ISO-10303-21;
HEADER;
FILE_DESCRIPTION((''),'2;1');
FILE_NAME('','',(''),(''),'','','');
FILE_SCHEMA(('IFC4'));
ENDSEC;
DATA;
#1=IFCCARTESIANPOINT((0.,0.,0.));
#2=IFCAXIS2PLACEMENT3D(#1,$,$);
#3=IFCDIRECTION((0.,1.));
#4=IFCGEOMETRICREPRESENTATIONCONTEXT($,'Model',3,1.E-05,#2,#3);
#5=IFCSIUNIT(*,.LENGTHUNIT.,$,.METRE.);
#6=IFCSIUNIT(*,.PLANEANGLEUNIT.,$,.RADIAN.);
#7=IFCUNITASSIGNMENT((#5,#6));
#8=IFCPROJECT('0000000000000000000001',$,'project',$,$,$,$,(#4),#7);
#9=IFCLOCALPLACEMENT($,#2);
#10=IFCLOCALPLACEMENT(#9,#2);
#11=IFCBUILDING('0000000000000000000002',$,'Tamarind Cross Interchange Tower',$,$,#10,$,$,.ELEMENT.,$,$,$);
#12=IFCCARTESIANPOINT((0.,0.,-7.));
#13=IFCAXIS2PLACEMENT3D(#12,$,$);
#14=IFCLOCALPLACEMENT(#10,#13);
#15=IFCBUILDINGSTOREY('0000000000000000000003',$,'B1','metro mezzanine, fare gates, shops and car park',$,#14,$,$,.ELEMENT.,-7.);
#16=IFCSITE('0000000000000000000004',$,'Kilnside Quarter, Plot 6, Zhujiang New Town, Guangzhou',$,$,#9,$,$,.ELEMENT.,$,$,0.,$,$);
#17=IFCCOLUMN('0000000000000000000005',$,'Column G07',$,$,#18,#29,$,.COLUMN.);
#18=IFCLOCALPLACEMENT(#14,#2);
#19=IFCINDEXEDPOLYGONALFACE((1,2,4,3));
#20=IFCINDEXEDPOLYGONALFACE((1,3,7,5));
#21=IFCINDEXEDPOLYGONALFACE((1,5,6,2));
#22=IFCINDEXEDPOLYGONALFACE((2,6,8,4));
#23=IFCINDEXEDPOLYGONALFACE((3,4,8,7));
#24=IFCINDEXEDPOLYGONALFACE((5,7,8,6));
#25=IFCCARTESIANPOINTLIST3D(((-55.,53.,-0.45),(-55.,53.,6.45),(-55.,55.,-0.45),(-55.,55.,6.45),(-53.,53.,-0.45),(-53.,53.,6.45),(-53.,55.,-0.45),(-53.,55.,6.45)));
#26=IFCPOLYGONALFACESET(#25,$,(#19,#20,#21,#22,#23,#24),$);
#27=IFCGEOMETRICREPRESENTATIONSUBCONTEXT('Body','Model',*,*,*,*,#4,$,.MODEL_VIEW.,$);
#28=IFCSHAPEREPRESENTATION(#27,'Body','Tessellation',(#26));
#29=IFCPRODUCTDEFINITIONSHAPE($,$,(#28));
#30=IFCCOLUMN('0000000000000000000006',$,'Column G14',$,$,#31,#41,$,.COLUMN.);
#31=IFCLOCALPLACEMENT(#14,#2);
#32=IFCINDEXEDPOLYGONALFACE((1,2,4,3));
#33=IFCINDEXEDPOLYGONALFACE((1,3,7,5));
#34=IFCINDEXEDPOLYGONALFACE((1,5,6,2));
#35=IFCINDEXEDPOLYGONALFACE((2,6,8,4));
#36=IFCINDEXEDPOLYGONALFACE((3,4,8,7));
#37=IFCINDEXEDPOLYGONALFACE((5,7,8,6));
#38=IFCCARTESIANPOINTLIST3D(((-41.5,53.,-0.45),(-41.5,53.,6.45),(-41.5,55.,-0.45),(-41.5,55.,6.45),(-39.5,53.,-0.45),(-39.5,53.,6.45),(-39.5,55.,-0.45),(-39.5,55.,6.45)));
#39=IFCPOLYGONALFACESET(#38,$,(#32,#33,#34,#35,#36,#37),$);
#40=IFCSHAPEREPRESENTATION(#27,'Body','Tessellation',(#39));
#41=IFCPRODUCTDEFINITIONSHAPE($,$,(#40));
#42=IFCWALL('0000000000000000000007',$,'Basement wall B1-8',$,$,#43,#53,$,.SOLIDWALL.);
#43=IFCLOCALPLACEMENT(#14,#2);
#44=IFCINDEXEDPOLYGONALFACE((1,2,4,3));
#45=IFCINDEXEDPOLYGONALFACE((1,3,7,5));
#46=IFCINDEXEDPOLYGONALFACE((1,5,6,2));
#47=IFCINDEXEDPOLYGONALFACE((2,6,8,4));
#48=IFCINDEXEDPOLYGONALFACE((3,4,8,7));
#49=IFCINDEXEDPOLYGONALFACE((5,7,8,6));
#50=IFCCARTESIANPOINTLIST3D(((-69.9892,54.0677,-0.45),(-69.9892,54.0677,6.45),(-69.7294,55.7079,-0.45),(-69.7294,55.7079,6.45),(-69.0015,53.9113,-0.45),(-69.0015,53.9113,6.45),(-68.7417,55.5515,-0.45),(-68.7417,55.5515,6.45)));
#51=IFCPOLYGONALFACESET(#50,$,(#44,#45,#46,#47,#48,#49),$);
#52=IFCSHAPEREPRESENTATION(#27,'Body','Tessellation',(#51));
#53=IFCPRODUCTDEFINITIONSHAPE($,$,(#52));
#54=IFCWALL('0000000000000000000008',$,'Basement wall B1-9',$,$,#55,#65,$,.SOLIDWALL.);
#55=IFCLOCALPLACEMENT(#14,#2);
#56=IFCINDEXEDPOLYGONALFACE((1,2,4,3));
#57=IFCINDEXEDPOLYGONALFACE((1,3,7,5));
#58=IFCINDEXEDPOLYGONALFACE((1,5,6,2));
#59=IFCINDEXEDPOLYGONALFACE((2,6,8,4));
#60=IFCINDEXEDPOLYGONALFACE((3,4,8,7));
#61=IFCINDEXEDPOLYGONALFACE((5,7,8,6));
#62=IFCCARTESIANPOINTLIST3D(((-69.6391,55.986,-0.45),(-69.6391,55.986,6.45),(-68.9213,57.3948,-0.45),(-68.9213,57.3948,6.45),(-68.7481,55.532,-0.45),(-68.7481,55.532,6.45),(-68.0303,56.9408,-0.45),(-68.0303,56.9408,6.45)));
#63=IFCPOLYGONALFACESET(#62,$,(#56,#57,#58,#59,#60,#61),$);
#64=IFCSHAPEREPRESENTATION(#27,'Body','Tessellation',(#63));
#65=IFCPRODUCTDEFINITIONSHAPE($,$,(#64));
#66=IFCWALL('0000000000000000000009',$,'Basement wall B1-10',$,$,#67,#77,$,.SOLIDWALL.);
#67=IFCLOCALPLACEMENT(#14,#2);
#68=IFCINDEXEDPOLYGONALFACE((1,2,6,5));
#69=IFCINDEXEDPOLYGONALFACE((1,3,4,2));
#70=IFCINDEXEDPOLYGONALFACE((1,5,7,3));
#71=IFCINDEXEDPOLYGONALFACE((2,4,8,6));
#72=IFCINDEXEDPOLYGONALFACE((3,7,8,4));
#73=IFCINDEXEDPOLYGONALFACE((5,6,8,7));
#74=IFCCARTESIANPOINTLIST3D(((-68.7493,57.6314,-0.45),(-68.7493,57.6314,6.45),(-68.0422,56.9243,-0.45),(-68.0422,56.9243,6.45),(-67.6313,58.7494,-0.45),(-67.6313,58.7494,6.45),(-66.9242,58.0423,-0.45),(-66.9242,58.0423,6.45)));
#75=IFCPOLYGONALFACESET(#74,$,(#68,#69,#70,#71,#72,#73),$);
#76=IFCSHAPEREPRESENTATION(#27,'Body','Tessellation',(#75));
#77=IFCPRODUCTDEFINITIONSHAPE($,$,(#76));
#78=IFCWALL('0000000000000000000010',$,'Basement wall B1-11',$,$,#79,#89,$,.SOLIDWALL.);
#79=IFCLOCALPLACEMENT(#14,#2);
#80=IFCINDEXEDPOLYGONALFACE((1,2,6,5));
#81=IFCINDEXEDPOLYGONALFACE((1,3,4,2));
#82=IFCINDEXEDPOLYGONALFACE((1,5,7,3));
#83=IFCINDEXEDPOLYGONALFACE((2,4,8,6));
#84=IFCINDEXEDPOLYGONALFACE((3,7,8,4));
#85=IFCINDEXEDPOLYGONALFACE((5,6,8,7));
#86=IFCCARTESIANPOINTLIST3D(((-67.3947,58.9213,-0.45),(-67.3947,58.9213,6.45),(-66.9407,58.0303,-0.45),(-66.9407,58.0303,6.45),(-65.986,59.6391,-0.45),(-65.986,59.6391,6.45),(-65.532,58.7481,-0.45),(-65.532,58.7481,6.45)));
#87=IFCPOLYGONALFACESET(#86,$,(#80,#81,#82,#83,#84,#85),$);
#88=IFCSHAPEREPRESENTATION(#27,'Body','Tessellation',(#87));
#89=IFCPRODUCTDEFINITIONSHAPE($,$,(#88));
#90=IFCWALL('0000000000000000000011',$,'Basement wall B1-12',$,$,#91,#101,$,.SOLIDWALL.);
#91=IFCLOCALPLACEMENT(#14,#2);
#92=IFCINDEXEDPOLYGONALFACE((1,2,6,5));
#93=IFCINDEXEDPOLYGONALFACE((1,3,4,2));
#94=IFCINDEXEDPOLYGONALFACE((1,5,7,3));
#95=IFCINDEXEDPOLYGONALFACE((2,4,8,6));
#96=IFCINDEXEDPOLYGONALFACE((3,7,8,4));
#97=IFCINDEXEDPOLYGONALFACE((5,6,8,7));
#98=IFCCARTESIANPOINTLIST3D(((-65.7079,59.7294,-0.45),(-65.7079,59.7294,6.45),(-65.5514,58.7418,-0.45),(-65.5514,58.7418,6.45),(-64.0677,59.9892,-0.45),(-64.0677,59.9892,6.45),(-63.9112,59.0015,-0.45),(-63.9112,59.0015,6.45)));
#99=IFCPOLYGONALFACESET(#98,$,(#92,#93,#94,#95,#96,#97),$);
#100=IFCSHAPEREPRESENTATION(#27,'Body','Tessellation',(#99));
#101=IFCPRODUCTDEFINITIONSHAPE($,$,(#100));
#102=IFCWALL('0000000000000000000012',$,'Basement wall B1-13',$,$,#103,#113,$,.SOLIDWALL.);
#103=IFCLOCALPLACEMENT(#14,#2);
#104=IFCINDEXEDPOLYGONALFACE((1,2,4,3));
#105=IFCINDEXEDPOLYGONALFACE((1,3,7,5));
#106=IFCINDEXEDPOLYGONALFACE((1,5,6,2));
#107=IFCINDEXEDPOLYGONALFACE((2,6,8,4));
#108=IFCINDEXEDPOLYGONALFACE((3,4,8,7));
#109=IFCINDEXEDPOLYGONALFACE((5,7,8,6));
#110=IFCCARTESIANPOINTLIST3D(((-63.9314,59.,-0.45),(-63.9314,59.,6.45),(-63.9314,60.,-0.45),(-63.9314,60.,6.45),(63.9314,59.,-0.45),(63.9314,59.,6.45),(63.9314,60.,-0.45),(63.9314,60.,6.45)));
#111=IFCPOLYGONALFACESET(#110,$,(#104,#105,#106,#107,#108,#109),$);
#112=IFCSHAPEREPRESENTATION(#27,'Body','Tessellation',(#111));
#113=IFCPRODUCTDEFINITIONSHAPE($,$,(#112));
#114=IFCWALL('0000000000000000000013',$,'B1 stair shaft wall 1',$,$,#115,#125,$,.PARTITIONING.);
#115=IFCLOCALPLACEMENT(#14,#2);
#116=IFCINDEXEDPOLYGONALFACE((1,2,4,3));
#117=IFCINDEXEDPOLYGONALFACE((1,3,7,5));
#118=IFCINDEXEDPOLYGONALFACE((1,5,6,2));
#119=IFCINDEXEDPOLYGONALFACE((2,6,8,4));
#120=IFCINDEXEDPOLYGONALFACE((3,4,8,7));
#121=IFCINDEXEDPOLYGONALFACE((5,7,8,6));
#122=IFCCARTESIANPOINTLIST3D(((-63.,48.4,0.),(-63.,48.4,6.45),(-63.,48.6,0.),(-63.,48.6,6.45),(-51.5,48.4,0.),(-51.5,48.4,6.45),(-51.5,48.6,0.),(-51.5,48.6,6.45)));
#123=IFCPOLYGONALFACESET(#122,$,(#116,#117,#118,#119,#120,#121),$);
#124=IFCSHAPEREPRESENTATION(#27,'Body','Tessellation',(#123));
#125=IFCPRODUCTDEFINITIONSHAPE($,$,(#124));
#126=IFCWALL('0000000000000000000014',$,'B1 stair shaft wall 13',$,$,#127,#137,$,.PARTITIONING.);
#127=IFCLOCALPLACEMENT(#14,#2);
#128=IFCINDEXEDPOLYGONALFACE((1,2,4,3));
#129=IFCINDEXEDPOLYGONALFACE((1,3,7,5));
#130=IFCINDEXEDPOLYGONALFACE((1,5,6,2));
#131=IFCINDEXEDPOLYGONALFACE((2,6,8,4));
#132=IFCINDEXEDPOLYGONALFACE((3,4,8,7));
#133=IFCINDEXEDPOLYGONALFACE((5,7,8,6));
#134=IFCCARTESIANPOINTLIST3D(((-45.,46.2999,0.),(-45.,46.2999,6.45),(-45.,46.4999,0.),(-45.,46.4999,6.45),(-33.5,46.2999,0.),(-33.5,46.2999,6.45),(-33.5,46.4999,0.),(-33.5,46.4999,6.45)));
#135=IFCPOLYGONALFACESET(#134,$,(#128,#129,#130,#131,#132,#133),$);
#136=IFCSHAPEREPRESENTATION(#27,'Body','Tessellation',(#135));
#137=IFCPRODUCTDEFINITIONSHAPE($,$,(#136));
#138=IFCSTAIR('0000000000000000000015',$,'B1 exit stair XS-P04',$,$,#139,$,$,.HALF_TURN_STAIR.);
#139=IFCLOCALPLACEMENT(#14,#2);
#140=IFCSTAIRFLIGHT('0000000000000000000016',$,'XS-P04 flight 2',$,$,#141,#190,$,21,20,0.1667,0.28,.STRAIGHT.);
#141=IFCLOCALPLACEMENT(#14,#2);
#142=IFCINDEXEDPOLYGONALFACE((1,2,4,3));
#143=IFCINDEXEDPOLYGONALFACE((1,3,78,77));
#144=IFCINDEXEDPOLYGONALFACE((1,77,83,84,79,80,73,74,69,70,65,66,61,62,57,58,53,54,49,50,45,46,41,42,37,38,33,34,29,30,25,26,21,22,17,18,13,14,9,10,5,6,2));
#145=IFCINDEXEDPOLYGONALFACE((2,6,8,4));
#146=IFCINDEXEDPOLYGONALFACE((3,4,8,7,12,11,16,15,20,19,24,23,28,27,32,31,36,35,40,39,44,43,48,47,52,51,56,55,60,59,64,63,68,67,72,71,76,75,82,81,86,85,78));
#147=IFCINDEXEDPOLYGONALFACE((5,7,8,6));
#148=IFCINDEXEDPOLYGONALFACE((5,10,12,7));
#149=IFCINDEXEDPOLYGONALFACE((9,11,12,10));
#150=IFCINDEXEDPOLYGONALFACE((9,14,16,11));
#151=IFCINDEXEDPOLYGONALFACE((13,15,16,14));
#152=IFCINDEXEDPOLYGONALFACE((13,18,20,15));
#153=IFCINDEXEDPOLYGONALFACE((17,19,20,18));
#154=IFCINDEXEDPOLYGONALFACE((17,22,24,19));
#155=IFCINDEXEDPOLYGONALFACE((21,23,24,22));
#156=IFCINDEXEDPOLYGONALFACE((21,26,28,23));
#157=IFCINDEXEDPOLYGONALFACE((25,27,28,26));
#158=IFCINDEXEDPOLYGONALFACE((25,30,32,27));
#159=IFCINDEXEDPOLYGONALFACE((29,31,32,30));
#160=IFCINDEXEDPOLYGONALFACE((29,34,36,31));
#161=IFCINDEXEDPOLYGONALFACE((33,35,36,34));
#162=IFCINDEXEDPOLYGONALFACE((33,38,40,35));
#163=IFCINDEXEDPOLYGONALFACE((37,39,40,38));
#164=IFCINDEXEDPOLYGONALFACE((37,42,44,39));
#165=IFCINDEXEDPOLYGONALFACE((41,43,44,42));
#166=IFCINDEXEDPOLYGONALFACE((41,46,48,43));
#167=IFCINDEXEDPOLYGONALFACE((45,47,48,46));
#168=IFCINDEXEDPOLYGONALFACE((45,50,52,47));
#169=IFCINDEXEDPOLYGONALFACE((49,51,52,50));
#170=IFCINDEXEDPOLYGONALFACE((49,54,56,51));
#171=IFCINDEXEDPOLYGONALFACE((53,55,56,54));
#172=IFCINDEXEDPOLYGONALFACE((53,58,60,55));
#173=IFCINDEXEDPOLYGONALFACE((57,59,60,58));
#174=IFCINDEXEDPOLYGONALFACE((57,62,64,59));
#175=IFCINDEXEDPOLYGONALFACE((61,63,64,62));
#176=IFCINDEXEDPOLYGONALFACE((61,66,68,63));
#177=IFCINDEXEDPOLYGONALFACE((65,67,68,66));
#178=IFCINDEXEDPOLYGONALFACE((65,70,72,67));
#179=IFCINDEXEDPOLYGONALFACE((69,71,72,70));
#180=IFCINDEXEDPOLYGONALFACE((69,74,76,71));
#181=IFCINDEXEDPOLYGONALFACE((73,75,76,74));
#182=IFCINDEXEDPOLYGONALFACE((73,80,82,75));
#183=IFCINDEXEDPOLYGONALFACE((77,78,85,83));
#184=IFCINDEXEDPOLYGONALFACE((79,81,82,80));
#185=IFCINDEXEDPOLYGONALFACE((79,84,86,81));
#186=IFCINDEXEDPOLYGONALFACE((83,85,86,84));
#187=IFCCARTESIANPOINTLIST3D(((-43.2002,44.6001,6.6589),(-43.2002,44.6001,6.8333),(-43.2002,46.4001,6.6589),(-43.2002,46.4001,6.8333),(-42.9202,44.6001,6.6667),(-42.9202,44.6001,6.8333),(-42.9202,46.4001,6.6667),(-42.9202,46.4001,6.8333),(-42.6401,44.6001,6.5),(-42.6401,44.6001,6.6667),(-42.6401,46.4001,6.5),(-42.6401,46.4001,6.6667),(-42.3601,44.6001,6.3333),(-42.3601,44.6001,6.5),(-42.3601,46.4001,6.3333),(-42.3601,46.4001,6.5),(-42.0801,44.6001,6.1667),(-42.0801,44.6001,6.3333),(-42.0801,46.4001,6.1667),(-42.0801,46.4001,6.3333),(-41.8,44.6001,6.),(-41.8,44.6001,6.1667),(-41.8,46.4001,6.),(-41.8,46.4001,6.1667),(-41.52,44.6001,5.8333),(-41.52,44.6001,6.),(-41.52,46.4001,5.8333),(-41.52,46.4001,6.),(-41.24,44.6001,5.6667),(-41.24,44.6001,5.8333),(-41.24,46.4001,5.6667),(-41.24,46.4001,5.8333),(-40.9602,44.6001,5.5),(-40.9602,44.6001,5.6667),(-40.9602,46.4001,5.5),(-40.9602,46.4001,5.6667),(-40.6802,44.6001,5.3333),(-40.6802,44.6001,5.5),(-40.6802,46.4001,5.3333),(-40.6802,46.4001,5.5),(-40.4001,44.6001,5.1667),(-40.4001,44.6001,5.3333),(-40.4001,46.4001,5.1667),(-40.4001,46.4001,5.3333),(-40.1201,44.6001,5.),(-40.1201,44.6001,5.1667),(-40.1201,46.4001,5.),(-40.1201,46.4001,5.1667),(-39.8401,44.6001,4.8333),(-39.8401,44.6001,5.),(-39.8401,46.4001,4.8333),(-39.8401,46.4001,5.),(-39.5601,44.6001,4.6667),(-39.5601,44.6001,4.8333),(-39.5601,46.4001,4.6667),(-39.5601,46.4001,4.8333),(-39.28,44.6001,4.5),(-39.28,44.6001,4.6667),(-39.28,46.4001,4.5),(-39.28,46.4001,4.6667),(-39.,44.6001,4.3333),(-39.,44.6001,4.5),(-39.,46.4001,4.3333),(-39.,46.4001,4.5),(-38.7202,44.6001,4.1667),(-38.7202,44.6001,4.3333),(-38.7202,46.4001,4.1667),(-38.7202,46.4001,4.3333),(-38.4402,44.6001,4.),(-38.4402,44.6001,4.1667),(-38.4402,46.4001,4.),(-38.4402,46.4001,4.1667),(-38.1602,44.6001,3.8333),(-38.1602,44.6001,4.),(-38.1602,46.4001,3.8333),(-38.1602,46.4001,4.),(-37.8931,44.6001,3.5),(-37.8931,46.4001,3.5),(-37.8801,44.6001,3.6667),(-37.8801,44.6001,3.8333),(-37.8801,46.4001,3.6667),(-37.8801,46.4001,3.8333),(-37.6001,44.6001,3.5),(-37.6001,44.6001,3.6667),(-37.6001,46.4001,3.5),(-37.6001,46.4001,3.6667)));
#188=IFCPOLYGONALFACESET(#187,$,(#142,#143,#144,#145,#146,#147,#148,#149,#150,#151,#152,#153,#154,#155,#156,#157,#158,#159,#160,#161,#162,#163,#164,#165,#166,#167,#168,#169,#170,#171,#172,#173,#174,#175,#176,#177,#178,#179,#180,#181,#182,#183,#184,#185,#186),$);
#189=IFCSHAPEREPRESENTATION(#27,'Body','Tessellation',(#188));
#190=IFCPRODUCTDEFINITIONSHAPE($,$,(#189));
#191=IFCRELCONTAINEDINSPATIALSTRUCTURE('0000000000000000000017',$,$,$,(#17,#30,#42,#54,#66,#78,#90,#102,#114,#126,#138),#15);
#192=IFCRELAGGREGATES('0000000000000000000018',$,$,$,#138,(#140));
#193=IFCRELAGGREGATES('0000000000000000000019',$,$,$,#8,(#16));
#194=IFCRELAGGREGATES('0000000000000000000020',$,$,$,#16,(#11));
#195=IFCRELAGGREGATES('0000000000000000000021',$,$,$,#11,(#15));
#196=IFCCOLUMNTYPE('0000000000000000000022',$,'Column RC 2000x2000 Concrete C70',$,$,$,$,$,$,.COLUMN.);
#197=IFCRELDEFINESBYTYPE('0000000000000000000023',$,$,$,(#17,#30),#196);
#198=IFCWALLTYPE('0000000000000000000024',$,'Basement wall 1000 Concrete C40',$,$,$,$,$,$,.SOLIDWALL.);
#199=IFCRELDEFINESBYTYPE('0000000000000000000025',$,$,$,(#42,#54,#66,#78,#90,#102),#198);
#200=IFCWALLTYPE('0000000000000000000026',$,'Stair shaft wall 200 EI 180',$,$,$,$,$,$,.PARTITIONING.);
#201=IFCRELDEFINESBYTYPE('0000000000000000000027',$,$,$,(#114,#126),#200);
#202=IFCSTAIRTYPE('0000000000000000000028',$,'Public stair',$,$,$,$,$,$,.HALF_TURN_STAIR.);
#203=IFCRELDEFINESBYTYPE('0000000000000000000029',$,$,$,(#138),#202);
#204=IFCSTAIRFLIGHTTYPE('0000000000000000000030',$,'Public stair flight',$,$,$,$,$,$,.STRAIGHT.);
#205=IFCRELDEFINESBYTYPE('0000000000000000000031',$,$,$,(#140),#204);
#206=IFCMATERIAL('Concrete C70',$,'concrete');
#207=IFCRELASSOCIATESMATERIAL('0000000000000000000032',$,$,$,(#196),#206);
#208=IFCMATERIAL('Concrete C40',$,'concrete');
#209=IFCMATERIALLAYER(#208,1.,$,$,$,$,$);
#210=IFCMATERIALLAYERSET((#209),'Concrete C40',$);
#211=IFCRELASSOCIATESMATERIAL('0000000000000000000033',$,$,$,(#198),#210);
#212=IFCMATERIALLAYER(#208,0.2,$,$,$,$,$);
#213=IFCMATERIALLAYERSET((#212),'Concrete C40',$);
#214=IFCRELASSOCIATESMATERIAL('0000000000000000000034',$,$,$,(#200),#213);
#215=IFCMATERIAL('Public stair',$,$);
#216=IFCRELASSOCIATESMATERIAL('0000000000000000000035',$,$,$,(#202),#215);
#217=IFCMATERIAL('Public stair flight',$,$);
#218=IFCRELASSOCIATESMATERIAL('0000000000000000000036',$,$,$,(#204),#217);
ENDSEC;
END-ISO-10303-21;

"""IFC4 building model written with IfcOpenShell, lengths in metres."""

from ifc_helpers import new_model, si_unit, direction, frame, frame_2d, origin, origin_2d, place, context, subcontext, project, spatial, polyline, rectangle, outline, extrude, material, layer, layer_set, material_profile, profile_set, type_object, element, aggregate, save


model = new_model("IFC4")

# Units and contexts
model_context = context("Model", 3, precision=1e-05, world=origin(), true_north=direction((0.0, 1.0)))
body_context = subcontext(model_context, "Body", "Model", "MODEL_VIEW")
ifc_project = project(units=[si_unit("LENGTHUNIT", "METRE"), si_unit("PLANEANGLEUNIT", "RADIAN")], contexts=[model_context])

# Site, building, storey
site_placement = place(None, origin())
site = spatial("IfcSite", under=ifc_project, at=site_placement, Name="Kilnside Quarter, Plot 6, Zhujiang New Town, Guangzhou", CompositionType="ELEMENT", RefElevation=0.0)
building_placement = place(site_placement, origin())
building = spatial("IfcBuilding", under=site, at=building_placement, Name="Tamarind Cross Interchange Tower", CompositionType="ELEMENT")
storey_placement = place(building_placement, frame((0.0, 0.0, -7.0)))
storey = spatial("IfcBuildingStorey", under=building, at=storey_placement, Name="B1", Description="metro mezzanine, fare gates, shops and car park", CompositionType="ELEMENT", Elevation=-7.0)

# Columns
ifc_material_1 = material(Name="Concrete C70", Category="concrete")
ifc_material_profile = material_profile(ifc_material_1, rectangle(XDim=2.0, YDim=2.0, at=origin_2d()), Name="RC 2000x2000")
ifc_profile_set = profile_set([ifc_material_profile], Name="Concrete C70")
column_type = type_object("IfcColumnType", Name="Column RC 2000x2000 Concrete C70", PredefinedType="COLUMN", material=ifc_profile_set)
for number, where, z_axis, x_axis, name in (
    (1, (-54.0, 54.0, -0.45), (0.0, 0.0, 1.0), (1.0, 0.0, 0.0), "Column G07"),
    (2, (-40.5, 54.0, -0.45), (0.0, 0.0, 1.0), (1.0, 0.0, 0.0), "Column G14"),
):
    element("IfcColumn", number, at=place(storey_placement, frame(where, z_axis=z_axis, x_axis=x_axis)), inside=storey, type_object=column_type, Name=name, PredefinedType="COLUMN", context=body_context, shape_type="SweptSolid", body=[
        extrude(rectangle(XDim=2.0, YDim=2.0, at=origin_2d()), origin(), (0.0, 0.0, 1.0), 6.8999),
    ])

# Walls
ifc_material_2 = material(Name="Concrete C40", Category="concrete")
ifc_layer_1 = layer(ifc_material_2, 1.0)
ifc_layer_set_1 = layer_set([ifc_layer_1], Name="Concrete C40")
wall_type_1 = type_object("IfcWallType", Name="Basement wall 1000 Concrete C40", PredefinedType="SOLIDWALL", material=ifc_layer_set_1)
wall_1_placement = place(storey_placement, frame((-69.4954, 53.9895, -0.45), z_axis=(0.0, 0.0, 1.0), x_axis=(0.156431, 0.987689, 0.0)))
element("IfcWall", 3, at=wall_1_placement, inside=storey, type_object=wall_type_1, Name="Basement wall B1-8", PredefinedType="SOLIDWALL", context=body_context, shape_type="SweptSolid", body=[
    extrude(rectangle(XDim=1.6606, YDim=1.0, at=frame_2d((0.8303, 0.0))), origin(), (0.0, 0.0, 1.0), 6.8999),
])
for number, where, z_axis, x_axis, name in (
    (4, (-69.1936, 55.759, -0.45), (0.0, 0.0, 1.0), (0.453995, 0.891004, 0.0), "Basement wall B1-9"),
    (5, (-68.3958, 57.2778, -0.45), (0.0, 0.0, 1.0), (0.707107, 0.707107, 0.0), "Basement wall B1-10"),
    (6, (-67.1677, 58.4758, -0.45), (0.0, 0.0, 1.0), (0.891004, 0.453995, 0.0), "Basement wall B1-11"),
):
    element("IfcWall", number, at=place(storey_placement, frame(where, z_axis=z_axis, x_axis=x_axis)), inside=storey, type_object=wall_type_1, Name=name, PredefinedType="SOLIDWALL", context=body_context, shape_type="SweptSolid", body=[
        extrude(rectangle(XDim=1.5811, YDim=1.0, at=frame_2d((0.7905, 0.0))), origin(), (0.0, 0.0, 1.0), 6.8999),
    ])
wall_2_placement = place(storey_placement, frame((-65.6296, 59.2356, -0.45), z_axis=(0.0, 0.0, 1.0), x_axis=(0.987689, 0.156431, 0.0)))
element("IfcWall", 7, at=wall_2_placement, inside=storey, type_object=wall_type_1, Name="Basement wall B1-12", PredefinedType="SOLIDWALL", context=body_context, shape_type="SweptSolid", body=[
    extrude(rectangle(XDim=1.6606, YDim=1.0, at=frame_2d((0.8303, 0.0))), origin(), (0.0, 0.0, 1.0), 6.8999),
])
wall_3_placement = place(storey_placement, frame((-63.9314, 59.5, -0.45), z_axis=(0.0, 0.0, 1.0), x_axis=(1.0, 0.0, 0.0)))
element("IfcWall", 8, at=wall_3_placement, inside=storey, type_object=wall_type_1, Name="Basement wall B1-13", PredefinedType="SOLIDWALL", context=body_context, shape_type="SweptSolid", body=[
    extrude(rectangle(XDim=127.8628, YDim=1.0, at=frame_2d((63.9314, 0.0))), origin(), (0.0, 0.0, 1.0), 6.8999),
])
ifc_layer_2 = layer(ifc_material_2, 0.2)
ifc_layer_set_2 = layer_set([ifc_layer_2], Name="Concrete C40")
wall_type_2 = type_object("IfcWallType", Name="Stair shaft wall 200 EI 180", PredefinedType="PARTITIONING", material=ifc_layer_set_2)
for number, where, z_axis, x_axis, name in (
    (9, (-63.0, 48.5, 0.0), (0.0, 0.0, 1.0), (1.0, 0.0, 0.0), "B1 stair shaft wall 1"),
    (10, (-45.0, 46.3999, 0.0), (0.0, 0.0, 1.0), (1.0, 0.0, 0.0), "B1 stair shaft wall 13"),
):
    element("IfcWall", number, at=place(storey_placement, frame(where, z_axis=z_axis, x_axis=x_axis)), inside=storey, type_object=wall_type_2, Name=name, PredefinedType="PARTITIONING", context=body_context, shape_type="SweptSolid", body=[
        extrude(rectangle(XDim=11.5, YDim=0.2, at=frame_2d((5.75, 0.0))), origin(), (0.0, 0.0, 1.0), 6.45),
    ])

# Stair, stair flight
ifc_material_3 = material(Name="Public stair")
stair_type = type_object("IfcStairType", Name="Public stair", PredefinedType="HALF_TURN_STAIR", material=ifc_material_3)
stair_1_placement = place(storey_placement, origin())
stair_1 = element("IfcStair", 11, at=stair_1_placement, inside=storey, type_object=stair_type, Name="B1 exit stair XS-P04", PredefinedType="HALF_TURN_STAIR")
ifc_material_4 = material(Name="Public stair flight")
stair_flight_type = type_object("IfcStairFlightType", Name="Public stair flight", PredefinedType="STRAIGHT", material=ifc_material_4)
stair_flight_1_placement = place(storey_placement, frame((-37.6001, 45.5, 3.5), z_axis=(0.0, 0.0, 1.0), x_axis=(-1.0, 0.0, 0.0)))
stair_flight_1 = element("IfcStairFlight", 12, at=stair_flight_1_placement, type_object=stair_flight_type, Name="XS-P04 flight 2", NumberOfRisers=21, NumberOfTreads=20, PredefinedType="STRAIGHT", RiserHeight=0.1667, TreadLength=0.28, context=body_context, shape_type="SweptSolid", body=[
    extrude(outline(polyline([(0.0, 0.0), (0.0, 0.1667), (0.28, 0.1667), (0.28, 0.3333), (0.5601, 0.3333), (0.5601, 0.5), (0.8401, 0.5), (0.8401, 0.6667), (1.1201, 0.6667), (1.1201, 0.8333), (1.3999, 0.8333), (1.3999, 1.0), (1.6799, 1.0), (1.6799, 1.1667), (1.96, 1.1667), (1.96, 1.3333), (2.24, 1.3333), (2.24, 1.5), (2.52, 1.5), (2.52, 1.6667), (2.8, 1.6667), (2.8, 1.8333), (3.0801, 1.8333), (3.0801, 2.0), (3.3601, 2.0), (3.3601, 2.1667), (3.6399, 2.1667), (3.6399, 2.3333), (3.9199, 2.3333), (3.9199, 2.5), (4.2, 2.5), (4.2, 2.6667), (4.48, 2.6667), (4.48, 2.8333), (4.76, 2.8333), (4.76, 3.0), (5.04, 3.0), (5.04, 3.1667), (5.3201, 3.1667), (5.3201, 3.3333), (5.6001, 3.3333), (5.6001, 3.5), (5.6001, 3.1589), (0.293, 0.0), (0.0, 0.0)])), frame((0.0, 0.8999, 0.0), z_axis=(0.0, -1.0, 0.0), x_axis=(1.0, 0.0, 0.0)), (0.0, 0.0, 1.0), 1.8),
])
aggregate(stair_1, [stair_flight_1])

save(model, "model.ifc")
